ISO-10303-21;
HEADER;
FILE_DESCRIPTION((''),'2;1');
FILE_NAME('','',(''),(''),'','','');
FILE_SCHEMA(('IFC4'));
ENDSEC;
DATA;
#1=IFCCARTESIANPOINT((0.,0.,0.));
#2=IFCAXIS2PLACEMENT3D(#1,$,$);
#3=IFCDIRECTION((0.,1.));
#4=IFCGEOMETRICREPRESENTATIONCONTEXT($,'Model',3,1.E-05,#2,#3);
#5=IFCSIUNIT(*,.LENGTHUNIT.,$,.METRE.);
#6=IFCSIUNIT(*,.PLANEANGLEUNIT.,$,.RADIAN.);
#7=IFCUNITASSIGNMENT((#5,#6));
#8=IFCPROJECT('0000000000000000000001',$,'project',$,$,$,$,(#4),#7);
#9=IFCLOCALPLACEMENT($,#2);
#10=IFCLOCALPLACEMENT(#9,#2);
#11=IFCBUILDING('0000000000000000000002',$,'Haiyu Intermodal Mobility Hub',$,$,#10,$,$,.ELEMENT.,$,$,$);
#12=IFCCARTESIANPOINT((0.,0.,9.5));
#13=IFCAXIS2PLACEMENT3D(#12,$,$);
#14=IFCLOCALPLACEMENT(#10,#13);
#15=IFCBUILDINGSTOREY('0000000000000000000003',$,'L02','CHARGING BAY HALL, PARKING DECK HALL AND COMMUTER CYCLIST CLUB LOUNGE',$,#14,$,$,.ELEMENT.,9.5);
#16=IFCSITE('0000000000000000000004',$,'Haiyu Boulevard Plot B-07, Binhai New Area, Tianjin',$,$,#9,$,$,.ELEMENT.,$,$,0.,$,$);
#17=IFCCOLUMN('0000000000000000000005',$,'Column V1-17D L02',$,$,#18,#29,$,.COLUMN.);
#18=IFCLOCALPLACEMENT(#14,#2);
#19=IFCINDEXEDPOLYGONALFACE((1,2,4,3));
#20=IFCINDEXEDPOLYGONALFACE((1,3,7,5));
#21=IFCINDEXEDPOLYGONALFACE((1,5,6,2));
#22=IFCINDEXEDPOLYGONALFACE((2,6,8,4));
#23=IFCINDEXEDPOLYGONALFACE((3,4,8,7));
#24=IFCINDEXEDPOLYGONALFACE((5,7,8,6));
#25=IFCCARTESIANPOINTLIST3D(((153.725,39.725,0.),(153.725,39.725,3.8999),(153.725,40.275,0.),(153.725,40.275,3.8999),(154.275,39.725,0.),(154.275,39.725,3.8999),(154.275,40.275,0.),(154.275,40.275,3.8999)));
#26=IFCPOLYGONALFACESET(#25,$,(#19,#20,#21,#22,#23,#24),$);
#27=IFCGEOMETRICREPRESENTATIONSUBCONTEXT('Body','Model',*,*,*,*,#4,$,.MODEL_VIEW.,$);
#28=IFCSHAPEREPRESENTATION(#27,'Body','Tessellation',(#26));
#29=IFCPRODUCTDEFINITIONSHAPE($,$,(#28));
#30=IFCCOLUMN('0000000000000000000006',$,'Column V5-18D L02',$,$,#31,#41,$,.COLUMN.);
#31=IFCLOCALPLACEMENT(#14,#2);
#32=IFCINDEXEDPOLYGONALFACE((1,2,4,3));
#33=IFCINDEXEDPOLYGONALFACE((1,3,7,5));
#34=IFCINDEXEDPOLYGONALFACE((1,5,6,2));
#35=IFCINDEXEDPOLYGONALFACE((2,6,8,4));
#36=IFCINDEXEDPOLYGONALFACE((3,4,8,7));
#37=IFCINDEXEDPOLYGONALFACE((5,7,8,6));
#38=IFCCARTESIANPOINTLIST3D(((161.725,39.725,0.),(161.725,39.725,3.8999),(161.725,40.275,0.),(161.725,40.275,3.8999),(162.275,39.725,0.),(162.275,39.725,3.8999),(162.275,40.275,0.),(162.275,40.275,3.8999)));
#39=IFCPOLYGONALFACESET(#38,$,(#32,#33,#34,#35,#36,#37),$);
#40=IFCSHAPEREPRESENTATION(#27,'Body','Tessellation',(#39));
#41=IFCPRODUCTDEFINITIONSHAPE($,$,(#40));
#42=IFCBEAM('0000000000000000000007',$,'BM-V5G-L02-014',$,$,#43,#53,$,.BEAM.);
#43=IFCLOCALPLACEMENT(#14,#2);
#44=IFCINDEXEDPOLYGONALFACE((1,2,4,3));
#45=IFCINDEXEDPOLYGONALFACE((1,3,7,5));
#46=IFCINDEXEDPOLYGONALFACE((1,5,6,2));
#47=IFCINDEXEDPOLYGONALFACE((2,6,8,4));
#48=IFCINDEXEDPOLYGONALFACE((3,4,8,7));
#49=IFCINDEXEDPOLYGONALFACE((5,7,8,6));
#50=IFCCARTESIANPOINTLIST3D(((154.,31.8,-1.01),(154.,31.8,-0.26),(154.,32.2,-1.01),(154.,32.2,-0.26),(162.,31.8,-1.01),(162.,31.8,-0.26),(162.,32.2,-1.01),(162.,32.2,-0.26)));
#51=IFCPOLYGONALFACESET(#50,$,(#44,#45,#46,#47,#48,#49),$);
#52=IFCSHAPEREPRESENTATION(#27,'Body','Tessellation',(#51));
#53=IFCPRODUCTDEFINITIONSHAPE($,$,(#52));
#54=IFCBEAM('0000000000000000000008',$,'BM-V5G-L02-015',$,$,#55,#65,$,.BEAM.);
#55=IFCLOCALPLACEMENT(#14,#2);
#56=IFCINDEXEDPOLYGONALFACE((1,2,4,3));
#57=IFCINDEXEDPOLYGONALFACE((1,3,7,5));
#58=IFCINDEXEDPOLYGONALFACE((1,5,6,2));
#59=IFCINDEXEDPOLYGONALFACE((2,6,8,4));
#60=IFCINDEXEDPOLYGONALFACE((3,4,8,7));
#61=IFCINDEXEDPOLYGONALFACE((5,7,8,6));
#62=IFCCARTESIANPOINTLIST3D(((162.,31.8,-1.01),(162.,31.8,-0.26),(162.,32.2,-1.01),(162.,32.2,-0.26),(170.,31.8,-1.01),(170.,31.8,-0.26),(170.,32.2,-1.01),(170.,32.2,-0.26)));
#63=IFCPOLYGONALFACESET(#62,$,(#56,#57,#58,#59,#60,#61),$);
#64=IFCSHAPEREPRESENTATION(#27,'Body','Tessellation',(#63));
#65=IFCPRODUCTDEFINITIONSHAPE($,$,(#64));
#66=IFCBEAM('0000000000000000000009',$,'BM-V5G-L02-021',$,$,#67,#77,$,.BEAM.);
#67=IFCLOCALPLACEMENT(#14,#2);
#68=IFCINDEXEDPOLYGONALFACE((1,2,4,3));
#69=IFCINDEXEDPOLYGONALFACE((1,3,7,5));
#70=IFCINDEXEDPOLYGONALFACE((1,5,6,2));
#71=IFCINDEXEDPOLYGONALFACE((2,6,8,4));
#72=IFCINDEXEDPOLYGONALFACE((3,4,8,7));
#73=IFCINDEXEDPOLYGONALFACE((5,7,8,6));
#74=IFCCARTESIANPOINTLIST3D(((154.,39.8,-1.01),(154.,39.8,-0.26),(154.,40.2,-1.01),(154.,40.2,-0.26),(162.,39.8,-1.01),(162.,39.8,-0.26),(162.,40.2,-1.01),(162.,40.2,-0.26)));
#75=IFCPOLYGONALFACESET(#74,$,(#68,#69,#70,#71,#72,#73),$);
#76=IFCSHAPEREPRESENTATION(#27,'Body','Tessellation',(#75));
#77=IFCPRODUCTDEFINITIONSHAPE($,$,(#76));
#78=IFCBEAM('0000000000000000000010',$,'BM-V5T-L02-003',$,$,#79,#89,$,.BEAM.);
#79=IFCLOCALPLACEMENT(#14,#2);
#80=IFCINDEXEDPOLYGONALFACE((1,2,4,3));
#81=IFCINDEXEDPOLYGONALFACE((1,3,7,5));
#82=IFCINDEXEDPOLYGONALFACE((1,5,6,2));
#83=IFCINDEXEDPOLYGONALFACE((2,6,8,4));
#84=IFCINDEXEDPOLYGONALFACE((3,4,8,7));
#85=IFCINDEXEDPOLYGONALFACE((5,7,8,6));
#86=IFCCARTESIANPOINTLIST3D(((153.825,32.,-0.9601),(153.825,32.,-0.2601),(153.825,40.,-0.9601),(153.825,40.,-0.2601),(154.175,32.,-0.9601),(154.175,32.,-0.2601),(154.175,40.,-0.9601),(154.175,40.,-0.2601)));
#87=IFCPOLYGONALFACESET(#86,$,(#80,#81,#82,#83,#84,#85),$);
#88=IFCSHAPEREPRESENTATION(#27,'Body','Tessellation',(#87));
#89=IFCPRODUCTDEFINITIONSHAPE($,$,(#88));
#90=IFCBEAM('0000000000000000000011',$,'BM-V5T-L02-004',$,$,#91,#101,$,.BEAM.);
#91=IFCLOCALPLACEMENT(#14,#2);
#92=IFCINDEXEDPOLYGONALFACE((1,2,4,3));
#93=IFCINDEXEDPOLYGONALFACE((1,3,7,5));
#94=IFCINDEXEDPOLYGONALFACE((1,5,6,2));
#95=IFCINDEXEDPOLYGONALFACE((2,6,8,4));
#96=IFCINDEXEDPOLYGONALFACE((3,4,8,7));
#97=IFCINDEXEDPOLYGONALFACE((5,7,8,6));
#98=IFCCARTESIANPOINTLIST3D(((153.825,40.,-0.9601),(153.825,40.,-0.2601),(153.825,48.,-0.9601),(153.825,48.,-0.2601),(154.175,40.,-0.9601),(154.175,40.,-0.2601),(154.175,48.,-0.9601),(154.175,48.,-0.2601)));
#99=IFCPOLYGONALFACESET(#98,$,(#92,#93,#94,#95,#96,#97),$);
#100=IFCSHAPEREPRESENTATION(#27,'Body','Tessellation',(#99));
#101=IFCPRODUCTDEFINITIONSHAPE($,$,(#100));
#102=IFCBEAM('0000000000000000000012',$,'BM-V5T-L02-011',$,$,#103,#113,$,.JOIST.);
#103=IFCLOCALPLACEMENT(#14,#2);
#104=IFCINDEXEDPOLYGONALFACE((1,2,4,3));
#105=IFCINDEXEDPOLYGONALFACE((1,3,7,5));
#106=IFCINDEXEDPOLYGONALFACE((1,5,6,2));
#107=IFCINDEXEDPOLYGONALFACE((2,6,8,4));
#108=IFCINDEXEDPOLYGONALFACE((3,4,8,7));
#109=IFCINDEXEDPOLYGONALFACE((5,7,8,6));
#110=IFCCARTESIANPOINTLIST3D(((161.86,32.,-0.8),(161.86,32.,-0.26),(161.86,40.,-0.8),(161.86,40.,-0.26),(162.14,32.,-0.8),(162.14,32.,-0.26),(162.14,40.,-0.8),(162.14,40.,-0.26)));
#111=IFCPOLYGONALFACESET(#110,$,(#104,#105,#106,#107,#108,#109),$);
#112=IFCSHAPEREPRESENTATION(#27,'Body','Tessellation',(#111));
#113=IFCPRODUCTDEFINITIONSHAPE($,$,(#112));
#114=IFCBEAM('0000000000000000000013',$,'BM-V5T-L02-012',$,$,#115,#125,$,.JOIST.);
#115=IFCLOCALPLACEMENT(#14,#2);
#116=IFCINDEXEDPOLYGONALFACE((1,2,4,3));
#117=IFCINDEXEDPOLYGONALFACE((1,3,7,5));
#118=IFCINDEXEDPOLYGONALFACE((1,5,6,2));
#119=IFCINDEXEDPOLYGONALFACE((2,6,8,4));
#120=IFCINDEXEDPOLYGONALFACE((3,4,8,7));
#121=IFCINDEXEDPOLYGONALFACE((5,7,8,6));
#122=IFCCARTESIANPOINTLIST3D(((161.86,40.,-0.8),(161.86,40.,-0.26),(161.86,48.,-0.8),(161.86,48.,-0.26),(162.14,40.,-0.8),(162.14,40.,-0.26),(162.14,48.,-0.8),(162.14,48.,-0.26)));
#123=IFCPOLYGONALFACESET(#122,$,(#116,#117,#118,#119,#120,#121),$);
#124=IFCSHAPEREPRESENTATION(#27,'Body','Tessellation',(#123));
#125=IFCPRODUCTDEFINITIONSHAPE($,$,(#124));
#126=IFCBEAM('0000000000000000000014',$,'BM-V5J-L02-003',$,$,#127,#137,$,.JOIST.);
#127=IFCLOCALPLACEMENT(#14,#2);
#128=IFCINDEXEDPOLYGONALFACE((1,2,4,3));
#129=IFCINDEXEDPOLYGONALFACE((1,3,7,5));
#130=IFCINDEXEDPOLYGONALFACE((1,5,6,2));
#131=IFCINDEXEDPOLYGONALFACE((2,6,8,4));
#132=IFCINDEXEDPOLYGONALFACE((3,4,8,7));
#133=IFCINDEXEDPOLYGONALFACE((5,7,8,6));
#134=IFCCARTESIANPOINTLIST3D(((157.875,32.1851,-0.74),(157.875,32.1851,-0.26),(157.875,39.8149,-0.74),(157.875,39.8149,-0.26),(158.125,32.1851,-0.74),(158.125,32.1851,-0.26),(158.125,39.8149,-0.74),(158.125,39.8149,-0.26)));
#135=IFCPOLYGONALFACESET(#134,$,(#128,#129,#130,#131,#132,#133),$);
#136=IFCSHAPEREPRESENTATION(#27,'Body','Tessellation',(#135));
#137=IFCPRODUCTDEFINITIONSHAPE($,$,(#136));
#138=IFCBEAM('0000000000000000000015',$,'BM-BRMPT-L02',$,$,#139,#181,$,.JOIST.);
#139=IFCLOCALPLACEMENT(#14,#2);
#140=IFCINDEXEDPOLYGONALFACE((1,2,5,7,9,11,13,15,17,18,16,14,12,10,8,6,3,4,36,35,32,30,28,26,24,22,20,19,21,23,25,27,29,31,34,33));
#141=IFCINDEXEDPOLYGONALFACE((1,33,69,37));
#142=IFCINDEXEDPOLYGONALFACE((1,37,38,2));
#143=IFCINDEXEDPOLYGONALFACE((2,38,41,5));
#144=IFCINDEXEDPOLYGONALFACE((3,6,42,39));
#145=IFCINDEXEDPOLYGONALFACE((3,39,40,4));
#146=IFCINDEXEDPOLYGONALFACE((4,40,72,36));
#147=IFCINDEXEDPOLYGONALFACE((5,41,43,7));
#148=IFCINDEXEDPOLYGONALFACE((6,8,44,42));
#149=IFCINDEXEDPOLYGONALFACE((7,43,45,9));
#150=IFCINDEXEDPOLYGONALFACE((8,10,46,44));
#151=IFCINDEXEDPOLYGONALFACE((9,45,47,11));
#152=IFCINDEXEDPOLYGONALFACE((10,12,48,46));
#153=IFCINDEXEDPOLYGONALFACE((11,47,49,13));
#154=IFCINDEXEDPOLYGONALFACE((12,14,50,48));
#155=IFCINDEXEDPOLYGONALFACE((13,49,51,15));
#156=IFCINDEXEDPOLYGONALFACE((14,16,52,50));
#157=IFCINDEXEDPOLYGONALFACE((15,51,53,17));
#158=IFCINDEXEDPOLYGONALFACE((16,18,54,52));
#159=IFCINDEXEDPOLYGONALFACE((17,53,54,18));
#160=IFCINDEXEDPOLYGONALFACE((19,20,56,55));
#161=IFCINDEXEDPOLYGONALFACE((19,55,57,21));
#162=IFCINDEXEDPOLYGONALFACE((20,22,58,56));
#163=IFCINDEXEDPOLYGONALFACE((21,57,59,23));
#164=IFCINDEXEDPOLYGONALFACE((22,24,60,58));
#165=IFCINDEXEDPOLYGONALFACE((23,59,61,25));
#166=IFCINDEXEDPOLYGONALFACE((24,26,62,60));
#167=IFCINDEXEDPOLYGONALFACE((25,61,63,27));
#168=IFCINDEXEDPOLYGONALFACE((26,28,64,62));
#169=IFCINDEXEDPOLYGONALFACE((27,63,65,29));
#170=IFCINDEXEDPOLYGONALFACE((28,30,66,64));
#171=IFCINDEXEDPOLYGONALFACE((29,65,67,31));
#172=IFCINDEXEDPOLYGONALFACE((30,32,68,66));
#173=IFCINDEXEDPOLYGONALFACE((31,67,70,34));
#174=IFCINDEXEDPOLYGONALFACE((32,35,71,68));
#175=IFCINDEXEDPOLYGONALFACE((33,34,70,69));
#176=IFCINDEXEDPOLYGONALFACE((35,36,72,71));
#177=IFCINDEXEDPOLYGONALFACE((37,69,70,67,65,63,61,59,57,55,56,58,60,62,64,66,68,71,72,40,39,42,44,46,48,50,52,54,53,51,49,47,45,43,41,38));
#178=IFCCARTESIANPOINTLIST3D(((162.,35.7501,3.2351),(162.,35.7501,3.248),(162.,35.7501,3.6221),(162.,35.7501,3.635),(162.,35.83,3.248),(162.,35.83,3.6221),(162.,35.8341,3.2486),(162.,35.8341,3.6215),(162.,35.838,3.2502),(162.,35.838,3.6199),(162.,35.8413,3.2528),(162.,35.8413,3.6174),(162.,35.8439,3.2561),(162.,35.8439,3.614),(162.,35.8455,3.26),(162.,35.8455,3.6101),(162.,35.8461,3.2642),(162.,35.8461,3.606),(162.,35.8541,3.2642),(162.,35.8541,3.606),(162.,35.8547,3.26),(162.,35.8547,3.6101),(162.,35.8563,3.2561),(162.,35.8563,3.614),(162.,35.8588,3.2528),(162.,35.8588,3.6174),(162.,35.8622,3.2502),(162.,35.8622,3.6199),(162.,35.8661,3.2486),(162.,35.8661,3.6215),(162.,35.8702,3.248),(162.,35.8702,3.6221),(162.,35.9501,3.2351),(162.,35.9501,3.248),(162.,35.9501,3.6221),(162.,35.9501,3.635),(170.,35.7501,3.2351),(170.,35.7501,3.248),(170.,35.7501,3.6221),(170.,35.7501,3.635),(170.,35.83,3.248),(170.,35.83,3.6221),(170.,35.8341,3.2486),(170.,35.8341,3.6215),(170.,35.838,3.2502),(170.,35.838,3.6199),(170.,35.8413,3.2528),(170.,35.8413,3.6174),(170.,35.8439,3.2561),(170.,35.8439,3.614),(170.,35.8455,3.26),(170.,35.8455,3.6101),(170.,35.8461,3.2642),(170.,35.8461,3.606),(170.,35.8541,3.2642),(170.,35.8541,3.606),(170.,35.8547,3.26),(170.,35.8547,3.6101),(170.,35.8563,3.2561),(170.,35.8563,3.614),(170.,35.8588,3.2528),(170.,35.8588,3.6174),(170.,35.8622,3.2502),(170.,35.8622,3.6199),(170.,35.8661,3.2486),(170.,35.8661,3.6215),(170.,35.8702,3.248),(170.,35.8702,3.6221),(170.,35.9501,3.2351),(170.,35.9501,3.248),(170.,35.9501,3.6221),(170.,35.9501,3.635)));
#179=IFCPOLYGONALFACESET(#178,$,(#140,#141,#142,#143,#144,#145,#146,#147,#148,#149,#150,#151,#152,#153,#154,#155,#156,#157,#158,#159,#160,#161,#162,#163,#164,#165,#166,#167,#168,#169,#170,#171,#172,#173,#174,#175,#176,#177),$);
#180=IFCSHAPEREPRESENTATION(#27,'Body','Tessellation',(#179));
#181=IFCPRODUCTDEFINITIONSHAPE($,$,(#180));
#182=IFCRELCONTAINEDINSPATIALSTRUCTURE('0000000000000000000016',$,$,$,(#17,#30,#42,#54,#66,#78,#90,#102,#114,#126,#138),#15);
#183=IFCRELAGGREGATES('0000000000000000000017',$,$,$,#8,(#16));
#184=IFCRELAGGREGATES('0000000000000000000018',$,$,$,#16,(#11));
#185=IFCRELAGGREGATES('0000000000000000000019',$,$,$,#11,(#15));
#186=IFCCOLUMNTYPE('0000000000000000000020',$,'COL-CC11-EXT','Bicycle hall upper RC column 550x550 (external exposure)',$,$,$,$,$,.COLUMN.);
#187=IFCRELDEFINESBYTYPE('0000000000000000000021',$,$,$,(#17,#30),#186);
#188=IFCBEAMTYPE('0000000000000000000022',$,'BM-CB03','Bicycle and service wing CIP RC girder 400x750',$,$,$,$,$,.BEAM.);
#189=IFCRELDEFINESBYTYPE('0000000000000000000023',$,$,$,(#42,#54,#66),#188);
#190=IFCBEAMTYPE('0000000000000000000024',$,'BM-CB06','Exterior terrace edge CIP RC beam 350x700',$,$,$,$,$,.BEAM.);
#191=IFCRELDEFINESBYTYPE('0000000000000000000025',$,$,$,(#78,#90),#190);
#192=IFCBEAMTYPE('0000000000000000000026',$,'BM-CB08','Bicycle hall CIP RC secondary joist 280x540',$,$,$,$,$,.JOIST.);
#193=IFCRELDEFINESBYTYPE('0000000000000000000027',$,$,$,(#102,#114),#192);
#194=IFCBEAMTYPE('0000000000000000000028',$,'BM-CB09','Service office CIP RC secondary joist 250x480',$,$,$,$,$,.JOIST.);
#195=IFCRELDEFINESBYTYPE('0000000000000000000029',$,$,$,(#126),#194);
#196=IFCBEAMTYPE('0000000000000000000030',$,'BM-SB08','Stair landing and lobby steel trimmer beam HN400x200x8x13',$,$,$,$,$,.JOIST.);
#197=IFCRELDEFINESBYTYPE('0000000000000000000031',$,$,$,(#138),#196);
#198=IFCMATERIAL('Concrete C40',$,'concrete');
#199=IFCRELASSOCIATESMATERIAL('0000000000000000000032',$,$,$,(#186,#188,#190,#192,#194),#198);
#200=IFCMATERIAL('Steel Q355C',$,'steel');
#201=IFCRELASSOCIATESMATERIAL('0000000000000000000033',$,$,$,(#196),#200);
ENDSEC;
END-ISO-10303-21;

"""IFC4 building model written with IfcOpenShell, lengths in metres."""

from ifc_helpers import new_model, si_unit, direction, frame, origin, origin_2d, place, context, subcontext, project, spatial, rectangle, i_section, extrude, material, material_profile, profile_set, type_object, element, save


model = new_model("IFC4")

# Units and contexts
model_context = context("Model", 3, precision=1e-05, world=origin(), true_north=direction((0.0, 1.0)))
body_context = subcontext(model_context, "Body", "Model", "MODEL_VIEW")
ifc_project = project(units=[si_unit("LENGTHUNIT", "METRE"), si_unit("PLANEANGLEUNIT", "RADIAN")], contexts=[model_context])

# Site, building, storey
site_placement = place(None, origin())
site = spatial("IfcSite", under=ifc_project, at=site_placement, Name="Haiyu Boulevard Plot B-07, Binhai New Area, Tianjin", CompositionType="ELEMENT", RefElevation=0.0)
building_placement = place(site_placement, origin())
building = spatial("IfcBuilding", under=site, at=building_placement, Name="Haiyu Intermodal Mobility Hub", CompositionType="ELEMENT")
storey_placement = place(building_placement, frame((0.0, 0.0, 9.5)))
storey = spatial("IfcBuildingStorey", under=building, at=storey_placement, Name="L02", Description="CHARGING BAY HALL, PARKING DECK HALL AND COMMUTER CYCLIST CLUB LOUNGE", CompositionType="ELEMENT", Elevation=9.5)

# Columns
ifc_material_1 = material(Name="Concrete C40", Category="concrete")
ifc_material_profile_1 = material_profile(ifc_material_1, rectangle(XDim=0.55, YDim=0.55, at=origin_2d()), Name="RC550x550")
ifc_profile_set_1 = profile_set([ifc_material_profile_1], Name="Concrete C40")
column_type = type_object("IfcColumnType", Name="COL-CC11-EXT", Description="Bicycle hall upper RC column 550x550 (external exposure)", PredefinedType="COLUMN", material=ifc_profile_set_1)
for number, where, z_axis, x_axis, name in (
    (1, (154.0, 40.0, 0.0), (0.0, 0.0, 1.0), (1.0, 0.0, 0.0), "Column V1-17D L02"),
    (2, (162.0, 40.0, 0.0), (0.0, 0.0, 1.0), (1.0, 0.0, 0.0), "Column V5-18D L02"),
):
    element("IfcColumn", number, at=place(storey_placement, frame(where, z_axis=z_axis, x_axis=x_axis)), inside=storey, type_object=column_type, Name=name, PredefinedType="COLUMN", context=body_context, shape_type="SweptSolid", body=[
        extrude(rectangle(XDim=0.55, YDim=0.55, at=origin_2d()), origin(), (0.0, 0.0, 1.0), 3.8999),
    ])

# Beams
ifc_material_profile_2 = material_profile(ifc_material_1, rectangle(XDim=0.3999, YDim=0.75, at=origin_2d()), Name="RCB400x750")
ifc_profile_set_2 = profile_set([ifc_material_profile_2], Name="Concrete C40")
beam_type_1 = type_object("IfcBeamType", Name="BM-CB03", Description="Bicycle and service wing CIP RC girder 400x750", PredefinedType="BEAM", material=ifc_profile_set_2)
for number, where, z_axis, x_axis, name in (
    (3, (154.0, 32.0, -0.635), (1.0, 0.0, 0.0), (0.0, 1.0, 0.0), "BM-V5G-L02-014"),
    (4, (162.0, 32.0, -0.635), (1.0, 0.0, 0.0), (0.0, 1.0, 0.0), "BM-V5G-L02-015"),
    (5, (154.0, 40.0, -0.635), (1.0, 0.0, 0.0), (0.0, 1.0, 0.0), "BM-V5G-L02-021"),
):
    element("IfcBeam", number, at=place(storey_placement, frame(where, z_axis=z_axis, x_axis=x_axis)), inside=storey, type_object=beam_type_1, Name=name, PredefinedType="BEAM", context=body_context, shape_type="SweptSolid", body=[
        extrude(rectangle(XDim=0.3999, YDim=0.75, at=origin_2d()), origin(), (0.0, 0.0, 1.0), 8.0),
    ])
ifc_material_profile_3 = material_profile(ifc_material_1, rectangle(XDim=0.3501, YDim=0.7, at=origin_2d()), Name="RCB350x700")
ifc_profile_set_3 = profile_set([ifc_material_profile_3], Name="Concrete C40")
beam_type_2 = type_object("IfcBeamType", Name="BM-CB06", Description="Exterior terrace edge CIP RC beam 350x700", PredefinedType="BEAM", material=ifc_profile_set_3)
for number, where, z_axis, x_axis, name in (
    (6, (154.0, 32.0, -0.6101), (0.0, 1.0, 0.0), (-1.0, 0.0, 0.0), "BM-V5T-L02-003"),
    (7, (154.0, 40.0, -0.6101), (0.0, 1.0, 0.0), (-1.0, 0.0, 0.0), "BM-V5T-L02-004"),
):
    element("IfcBeam", number, at=place(storey_placement, frame(where, z_axis=z_axis, x_axis=x_axis)), inside=storey, type_object=beam_type_2, Name=name, PredefinedType="BEAM", context=body_context, shape_type="SweptSolid", body=[
        extrude(rectangle(XDim=0.3501, YDim=0.7, at=origin_2d()), origin(), (0.0, 0.0, 1.0), 8.0),
    ])
ifc_material_profile_4 = material_profile(ifc_material_1, rectangle(XDim=0.28, YDim=0.54, at=origin_2d()), Name="RCB280x540")
ifc_profile_set_4 = profile_set([ifc_material_profile_4], Name="Concrete C40")
beam_type_3 = type_object("IfcBeamType", Name="BM-CB08", Description="Bicycle hall CIP RC secondary joist 280x540", PredefinedType="JOIST", material=ifc_profile_set_4)
for number, where, z_axis, x_axis, name in (
    (8, (162.0, 32.0, -0.53), (0.0, 1.0, 0.0), (-1.0, 0.0, 0.0), "BM-V5T-L02-011"),
    (9, (162.0, 40.0, -0.53), (0.0, 1.0, 0.0), (-1.0, 0.0, 0.0), "BM-V5T-L02-012"),
):
    element("IfcBeam", number, at=place(storey_placement, frame(where, z_axis=z_axis, x_axis=x_axis)), inside=storey, type_object=beam_type_3, Name=name, PredefinedType="JOIST", context=body_context, shape_type="SweptSolid", body=[
        extrude(rectangle(XDim=0.28, YDim=0.54, at=origin_2d()), origin(), (0.0, 0.0, 1.0), 8.0),
    ])
ifc_material_profile_5 = material_profile(ifc_material_1, rectangle(XDim=0.25, YDim=0.48, at=origin_2d()), Name="RCB250x480")
ifc_profile_set_5 = profile_set([ifc_material_profile_5], Name="Concrete C40")
beam_type_4 = type_object("IfcBeamType", Name="BM-CB09", Description="Service office CIP RC secondary joist 250x480", PredefinedType="JOIST", material=ifc_profile_set_5)
beam_1_placement = place(storey_placement, frame((158.0, 32.1851, -0.5), z_axis=(0.0, 1.0, 0.0), x_axis=(-1.0, 0.0, 0.0)))
element("IfcBeam", 10, at=beam_1_placement, inside=storey, type_object=beam_type_4, Name="BM-V5J-L02-003", PredefinedType="JOIST", context=body_context, shape_type="SweptSolid", body=[
    extrude(rectangle(XDim=0.25, YDim=0.48, at=origin_2d()), origin(), (0.0, 0.0, 1.0), 7.6299),
])
ifc_material_2 = material(Name="Steel Q355C", Category="steel")
ifc_material_profile_6 = material_profile(ifc_material_2, i_section(OverallWidth=0.2, OverallDepth=0.3999, WebThickness=0.0081, FlangeThickness=0.0129, FilletRadius=0.0161, at=origin_2d()), Name="HN400x200x8x13")
ifc_profile_set_6 = profile_set([ifc_material_profile_6], Name="Steel Q355C")
beam_type_5 = type_object("IfcBeamType", Name="BM-SB08", Description="Stair landing and lobby steel trimmer beam HN400x200x8x13", PredefinedType="JOIST", material=ifc_profile_set_6)
beam_2_placement = place(storey_placement, frame((162.0, 35.8501, 3.4351), z_axis=(1.0, 0.0, 0.0), x_axis=(0.0, 1.0, 0.0)))
element("IfcBeam", 11, at=beam_2_placement, inside=storey, type_object=beam_type_5, Name="BM-BRMPT-L02", PredefinedType="JOIST", context=body_context, shape_type="SweptSolid", body=[
    extrude(i_section(OverallWidth=0.2, OverallDepth=0.3999, WebThickness=0.0081, FlangeThickness=0.0129, FilletRadius=0.0161, at=origin_2d()), origin(), (0.0, 0.0, 1.0), 8.0),
])

save(model, "model.ifc")
